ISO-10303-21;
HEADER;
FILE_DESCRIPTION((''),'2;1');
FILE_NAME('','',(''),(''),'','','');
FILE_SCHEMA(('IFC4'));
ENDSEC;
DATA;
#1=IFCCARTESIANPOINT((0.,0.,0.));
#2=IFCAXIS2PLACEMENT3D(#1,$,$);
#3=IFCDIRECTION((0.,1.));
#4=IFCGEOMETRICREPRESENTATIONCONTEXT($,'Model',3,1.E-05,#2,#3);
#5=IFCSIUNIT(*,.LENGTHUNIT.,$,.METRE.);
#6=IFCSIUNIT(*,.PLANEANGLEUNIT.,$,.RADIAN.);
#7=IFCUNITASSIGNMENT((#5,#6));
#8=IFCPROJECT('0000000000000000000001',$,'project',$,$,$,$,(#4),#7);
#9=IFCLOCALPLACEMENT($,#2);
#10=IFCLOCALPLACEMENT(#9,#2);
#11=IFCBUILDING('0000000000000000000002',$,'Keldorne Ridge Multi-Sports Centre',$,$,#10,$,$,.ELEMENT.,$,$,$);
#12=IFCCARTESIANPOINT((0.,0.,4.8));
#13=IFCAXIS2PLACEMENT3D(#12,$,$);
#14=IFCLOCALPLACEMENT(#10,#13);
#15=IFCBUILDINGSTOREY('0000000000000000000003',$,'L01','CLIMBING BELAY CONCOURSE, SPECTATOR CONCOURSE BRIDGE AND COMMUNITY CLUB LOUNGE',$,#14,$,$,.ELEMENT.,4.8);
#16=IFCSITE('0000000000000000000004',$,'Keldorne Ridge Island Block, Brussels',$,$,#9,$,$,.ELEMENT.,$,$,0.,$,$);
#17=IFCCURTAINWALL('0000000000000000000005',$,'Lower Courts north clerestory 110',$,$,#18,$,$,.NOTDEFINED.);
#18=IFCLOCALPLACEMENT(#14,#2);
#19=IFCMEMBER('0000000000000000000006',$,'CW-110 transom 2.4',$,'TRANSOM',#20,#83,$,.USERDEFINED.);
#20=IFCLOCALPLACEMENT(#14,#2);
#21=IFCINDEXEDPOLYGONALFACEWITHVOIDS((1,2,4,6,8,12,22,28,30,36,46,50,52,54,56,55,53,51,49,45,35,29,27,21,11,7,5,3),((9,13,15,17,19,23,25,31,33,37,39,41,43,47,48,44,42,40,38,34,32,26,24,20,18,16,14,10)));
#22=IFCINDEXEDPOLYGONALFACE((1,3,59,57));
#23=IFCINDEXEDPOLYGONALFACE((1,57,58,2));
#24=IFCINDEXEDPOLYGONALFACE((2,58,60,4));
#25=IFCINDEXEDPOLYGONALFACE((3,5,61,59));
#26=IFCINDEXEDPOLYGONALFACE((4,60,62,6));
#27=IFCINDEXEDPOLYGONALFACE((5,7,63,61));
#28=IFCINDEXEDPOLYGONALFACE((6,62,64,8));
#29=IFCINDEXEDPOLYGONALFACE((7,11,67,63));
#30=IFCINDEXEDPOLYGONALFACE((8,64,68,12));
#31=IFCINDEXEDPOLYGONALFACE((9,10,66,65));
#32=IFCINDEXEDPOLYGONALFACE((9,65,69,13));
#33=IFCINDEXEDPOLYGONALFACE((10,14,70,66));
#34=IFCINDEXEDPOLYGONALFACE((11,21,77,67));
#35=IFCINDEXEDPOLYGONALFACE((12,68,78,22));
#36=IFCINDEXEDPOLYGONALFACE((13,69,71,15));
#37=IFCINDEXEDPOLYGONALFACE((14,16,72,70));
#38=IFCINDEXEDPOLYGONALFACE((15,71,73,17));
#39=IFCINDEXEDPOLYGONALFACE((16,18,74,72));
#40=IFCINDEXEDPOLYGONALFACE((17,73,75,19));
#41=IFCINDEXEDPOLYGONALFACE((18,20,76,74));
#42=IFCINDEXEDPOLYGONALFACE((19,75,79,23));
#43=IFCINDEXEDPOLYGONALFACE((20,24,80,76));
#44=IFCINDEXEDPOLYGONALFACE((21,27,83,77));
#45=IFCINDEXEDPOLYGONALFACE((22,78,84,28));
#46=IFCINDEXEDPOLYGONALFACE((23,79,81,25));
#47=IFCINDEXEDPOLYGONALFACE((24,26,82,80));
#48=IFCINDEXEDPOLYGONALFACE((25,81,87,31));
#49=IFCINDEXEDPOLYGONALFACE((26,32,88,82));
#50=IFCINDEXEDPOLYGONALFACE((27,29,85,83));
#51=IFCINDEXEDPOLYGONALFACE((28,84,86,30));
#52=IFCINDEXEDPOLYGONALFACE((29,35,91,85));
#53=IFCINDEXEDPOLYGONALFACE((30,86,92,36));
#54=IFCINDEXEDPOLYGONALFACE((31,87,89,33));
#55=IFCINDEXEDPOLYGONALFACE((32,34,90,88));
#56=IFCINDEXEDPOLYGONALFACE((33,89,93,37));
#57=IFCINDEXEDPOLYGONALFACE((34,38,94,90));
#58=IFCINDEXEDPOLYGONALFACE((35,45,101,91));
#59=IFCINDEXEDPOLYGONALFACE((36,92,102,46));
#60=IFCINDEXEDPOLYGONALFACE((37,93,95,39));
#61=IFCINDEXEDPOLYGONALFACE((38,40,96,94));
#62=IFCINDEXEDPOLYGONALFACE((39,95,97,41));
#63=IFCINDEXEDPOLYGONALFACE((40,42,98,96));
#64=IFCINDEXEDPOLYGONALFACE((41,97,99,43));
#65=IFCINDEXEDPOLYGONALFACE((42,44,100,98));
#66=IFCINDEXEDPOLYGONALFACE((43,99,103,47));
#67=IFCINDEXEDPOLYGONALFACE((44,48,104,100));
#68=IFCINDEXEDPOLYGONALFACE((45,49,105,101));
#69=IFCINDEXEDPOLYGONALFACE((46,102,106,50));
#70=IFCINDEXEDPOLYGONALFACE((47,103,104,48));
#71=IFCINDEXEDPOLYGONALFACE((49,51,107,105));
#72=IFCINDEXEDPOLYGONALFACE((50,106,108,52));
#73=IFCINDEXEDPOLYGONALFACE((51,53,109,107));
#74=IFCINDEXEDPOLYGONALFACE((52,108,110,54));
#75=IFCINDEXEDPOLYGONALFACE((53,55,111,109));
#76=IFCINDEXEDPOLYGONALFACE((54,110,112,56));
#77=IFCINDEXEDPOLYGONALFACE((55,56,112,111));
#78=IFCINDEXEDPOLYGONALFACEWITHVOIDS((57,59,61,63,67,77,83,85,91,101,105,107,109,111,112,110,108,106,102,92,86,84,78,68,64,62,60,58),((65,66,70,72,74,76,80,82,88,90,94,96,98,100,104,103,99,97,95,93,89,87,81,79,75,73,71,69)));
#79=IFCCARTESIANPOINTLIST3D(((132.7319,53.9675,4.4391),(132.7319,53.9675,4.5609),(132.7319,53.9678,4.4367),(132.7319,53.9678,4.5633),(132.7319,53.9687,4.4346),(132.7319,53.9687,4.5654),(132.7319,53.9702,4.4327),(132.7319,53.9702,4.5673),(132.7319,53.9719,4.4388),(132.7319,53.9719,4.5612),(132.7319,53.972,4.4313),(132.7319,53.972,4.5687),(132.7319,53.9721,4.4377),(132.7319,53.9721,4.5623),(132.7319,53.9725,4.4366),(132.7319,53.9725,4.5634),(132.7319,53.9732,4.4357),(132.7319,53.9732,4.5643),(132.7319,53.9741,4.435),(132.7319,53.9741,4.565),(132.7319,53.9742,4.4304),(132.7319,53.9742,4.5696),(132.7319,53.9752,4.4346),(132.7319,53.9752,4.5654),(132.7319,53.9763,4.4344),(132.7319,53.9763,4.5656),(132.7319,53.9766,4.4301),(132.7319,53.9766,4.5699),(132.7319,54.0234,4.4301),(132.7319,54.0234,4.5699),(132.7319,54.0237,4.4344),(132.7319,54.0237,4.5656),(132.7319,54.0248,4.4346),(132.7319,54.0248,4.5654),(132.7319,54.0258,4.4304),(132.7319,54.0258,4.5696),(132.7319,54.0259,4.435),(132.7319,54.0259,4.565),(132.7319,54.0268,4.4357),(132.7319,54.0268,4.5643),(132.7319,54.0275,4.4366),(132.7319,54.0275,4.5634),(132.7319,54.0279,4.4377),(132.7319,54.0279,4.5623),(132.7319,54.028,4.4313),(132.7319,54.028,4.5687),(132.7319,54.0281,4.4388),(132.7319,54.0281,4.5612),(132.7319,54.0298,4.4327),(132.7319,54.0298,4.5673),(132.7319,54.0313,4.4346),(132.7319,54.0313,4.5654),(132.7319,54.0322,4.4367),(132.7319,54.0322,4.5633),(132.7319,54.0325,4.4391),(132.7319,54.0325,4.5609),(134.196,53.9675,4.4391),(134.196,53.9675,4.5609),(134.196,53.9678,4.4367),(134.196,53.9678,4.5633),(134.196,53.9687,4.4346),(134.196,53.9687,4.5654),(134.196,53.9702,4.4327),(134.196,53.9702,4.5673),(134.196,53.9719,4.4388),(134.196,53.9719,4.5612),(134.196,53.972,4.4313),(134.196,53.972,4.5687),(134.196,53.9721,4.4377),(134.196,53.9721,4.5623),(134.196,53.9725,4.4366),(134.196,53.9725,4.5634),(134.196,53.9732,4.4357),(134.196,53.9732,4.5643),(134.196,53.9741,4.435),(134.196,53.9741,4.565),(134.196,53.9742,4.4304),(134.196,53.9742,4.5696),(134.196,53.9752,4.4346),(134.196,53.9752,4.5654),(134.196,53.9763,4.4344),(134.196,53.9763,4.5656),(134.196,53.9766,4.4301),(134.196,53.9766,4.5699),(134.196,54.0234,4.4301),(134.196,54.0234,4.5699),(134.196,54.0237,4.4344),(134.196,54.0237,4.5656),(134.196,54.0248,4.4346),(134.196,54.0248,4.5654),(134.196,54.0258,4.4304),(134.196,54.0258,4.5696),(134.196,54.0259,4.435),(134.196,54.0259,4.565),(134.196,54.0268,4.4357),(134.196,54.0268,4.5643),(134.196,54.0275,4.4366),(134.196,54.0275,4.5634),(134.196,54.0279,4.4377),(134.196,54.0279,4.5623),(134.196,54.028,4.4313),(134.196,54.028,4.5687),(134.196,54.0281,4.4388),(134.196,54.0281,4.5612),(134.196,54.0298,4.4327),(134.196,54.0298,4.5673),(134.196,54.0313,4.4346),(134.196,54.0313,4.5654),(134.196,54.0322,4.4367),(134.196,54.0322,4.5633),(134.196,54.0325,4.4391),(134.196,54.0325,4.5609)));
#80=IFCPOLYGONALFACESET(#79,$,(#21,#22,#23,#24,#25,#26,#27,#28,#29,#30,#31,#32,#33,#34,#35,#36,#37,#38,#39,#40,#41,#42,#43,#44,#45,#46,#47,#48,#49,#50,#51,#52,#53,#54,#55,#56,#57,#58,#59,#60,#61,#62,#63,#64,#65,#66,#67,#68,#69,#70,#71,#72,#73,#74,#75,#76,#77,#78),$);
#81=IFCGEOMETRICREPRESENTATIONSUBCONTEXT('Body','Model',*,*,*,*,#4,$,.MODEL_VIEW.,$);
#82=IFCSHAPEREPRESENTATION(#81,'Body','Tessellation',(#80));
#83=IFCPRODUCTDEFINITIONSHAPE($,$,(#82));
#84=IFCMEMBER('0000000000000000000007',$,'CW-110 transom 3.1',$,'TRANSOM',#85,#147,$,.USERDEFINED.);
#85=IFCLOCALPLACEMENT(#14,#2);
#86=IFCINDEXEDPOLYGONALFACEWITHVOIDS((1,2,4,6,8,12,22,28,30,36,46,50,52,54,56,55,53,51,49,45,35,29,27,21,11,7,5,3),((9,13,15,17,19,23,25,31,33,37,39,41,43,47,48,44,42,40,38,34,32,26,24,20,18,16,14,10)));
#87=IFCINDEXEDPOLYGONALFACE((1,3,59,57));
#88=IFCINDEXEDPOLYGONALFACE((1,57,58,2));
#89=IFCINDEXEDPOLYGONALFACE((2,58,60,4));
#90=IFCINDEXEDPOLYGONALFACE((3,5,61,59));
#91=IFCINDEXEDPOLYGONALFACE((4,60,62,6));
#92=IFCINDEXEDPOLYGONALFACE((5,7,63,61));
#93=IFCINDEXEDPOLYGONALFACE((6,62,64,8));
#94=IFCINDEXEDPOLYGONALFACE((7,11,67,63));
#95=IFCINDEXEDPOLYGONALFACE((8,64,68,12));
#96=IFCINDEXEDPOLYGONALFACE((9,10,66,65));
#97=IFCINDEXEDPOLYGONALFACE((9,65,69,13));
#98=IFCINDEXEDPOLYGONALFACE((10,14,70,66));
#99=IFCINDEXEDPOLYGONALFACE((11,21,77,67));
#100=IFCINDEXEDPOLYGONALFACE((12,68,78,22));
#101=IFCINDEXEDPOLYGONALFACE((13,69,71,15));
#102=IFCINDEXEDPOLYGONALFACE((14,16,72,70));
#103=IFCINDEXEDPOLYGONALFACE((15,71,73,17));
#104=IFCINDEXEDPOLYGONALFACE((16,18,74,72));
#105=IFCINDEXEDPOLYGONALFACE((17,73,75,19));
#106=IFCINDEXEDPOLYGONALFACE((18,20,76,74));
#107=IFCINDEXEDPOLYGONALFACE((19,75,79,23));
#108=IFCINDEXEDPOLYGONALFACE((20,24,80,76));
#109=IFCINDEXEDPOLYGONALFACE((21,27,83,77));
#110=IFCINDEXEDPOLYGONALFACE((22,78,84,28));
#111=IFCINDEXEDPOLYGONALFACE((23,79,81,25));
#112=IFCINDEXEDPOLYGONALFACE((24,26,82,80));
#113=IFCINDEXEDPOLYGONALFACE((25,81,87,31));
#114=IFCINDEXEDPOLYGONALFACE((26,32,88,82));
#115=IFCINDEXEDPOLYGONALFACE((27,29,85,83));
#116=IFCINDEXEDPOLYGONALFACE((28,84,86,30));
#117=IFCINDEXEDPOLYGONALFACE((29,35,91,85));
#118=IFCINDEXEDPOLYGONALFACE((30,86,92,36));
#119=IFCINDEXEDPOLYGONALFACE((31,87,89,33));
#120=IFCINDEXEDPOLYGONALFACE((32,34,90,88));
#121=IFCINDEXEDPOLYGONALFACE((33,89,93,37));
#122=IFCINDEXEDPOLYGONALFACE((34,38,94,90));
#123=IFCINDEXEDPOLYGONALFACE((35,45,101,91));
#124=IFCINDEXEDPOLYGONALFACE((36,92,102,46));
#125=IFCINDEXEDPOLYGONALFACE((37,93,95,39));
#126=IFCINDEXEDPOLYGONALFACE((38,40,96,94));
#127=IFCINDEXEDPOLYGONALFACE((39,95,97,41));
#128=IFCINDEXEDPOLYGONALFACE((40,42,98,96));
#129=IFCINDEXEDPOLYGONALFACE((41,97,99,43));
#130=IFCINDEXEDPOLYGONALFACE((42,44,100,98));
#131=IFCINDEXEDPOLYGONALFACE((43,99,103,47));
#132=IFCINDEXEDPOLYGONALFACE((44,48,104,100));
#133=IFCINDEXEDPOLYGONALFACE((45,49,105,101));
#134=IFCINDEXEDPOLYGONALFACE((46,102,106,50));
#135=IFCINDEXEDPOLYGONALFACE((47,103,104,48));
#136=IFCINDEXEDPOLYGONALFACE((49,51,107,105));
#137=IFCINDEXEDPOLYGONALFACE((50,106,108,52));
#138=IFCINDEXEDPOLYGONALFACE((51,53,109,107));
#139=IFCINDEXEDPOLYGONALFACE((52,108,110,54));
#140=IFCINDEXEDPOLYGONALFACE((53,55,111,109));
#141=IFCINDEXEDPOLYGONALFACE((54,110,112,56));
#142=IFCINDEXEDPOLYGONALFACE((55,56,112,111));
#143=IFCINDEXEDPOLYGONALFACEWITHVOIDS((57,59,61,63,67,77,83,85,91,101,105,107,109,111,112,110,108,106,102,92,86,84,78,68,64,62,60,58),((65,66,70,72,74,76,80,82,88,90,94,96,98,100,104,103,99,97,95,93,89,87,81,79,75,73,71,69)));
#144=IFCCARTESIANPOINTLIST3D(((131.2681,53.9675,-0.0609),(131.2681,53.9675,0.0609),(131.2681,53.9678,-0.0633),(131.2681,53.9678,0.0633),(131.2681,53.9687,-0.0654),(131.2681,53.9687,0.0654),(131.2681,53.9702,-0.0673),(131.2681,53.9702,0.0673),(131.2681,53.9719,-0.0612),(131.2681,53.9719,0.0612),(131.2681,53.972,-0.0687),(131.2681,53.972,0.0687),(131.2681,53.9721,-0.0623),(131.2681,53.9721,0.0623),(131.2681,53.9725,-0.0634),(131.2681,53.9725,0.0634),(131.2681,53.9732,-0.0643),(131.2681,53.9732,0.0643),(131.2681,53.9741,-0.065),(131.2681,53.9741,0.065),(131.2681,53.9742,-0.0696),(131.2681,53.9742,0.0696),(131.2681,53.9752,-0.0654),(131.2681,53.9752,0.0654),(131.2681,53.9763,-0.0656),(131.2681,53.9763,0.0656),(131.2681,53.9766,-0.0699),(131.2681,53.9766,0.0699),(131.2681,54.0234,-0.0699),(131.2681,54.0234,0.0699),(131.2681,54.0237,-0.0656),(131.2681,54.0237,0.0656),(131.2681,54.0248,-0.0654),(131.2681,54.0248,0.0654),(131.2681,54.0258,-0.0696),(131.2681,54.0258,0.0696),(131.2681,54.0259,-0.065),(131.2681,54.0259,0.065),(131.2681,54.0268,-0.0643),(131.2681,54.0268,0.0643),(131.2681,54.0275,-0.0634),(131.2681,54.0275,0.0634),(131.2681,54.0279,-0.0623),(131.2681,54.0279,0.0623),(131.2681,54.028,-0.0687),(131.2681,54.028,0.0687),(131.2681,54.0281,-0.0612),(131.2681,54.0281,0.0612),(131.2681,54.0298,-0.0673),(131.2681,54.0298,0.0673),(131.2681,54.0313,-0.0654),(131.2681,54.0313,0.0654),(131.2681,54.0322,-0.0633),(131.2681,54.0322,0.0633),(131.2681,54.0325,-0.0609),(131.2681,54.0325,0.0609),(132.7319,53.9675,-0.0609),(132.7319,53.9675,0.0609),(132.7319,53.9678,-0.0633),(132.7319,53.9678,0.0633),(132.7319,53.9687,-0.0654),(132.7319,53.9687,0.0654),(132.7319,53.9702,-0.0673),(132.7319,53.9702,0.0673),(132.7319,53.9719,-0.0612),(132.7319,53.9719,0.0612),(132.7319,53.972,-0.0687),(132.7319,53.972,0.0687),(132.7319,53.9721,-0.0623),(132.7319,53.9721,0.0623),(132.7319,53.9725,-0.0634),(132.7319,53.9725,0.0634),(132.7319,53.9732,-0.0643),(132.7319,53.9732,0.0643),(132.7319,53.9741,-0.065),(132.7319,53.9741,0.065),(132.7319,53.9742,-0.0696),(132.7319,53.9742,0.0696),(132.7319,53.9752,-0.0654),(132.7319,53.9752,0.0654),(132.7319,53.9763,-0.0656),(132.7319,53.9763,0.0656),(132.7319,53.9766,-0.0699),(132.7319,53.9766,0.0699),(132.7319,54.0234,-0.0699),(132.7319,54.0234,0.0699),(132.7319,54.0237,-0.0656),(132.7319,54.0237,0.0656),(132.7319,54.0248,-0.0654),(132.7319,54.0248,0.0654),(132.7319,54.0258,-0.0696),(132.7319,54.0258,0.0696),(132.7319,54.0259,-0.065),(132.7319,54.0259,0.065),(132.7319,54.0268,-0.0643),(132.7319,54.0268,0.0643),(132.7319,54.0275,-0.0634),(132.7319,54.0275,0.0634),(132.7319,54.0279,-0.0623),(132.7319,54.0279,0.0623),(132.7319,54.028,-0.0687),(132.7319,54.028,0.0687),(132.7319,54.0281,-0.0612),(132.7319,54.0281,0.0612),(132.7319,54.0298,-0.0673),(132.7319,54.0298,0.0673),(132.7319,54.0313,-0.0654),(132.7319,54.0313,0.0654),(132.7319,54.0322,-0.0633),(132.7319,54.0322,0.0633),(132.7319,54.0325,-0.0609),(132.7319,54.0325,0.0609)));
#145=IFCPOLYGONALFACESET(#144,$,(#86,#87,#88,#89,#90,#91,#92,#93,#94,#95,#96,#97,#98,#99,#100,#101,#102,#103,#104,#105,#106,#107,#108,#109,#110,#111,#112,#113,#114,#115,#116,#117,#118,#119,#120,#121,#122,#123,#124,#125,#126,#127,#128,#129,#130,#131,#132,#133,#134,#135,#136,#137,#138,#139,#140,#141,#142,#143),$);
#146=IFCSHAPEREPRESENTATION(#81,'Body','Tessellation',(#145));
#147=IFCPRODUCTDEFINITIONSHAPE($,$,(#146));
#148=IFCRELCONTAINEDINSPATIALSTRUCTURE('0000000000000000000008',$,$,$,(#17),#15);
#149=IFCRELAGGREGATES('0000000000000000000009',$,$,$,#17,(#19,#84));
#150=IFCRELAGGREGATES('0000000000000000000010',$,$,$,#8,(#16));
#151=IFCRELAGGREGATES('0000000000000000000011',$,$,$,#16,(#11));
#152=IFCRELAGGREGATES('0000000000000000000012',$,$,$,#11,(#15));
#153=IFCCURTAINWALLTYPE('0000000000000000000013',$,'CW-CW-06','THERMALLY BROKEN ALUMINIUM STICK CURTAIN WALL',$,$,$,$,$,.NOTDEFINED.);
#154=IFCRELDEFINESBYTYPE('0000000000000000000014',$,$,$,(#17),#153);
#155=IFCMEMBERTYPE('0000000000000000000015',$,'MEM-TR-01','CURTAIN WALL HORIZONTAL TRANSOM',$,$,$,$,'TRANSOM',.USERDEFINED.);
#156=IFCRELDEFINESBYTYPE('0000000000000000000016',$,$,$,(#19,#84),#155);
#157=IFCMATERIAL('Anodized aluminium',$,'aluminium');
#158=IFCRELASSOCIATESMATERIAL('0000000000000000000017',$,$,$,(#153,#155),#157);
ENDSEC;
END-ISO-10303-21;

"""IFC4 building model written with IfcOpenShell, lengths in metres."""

from ifc_helpers import new_model, si_unit, direction, frame, origin, origin_2d, place, context, subcontext, project, spatial, hollow_rectangle, extrude, material, material_profile, profile_set, type_object, element, aggregate, save


model = new_model("IFC4")

# Units and contexts
model_context = context("Model", 3, precision=1e-05, world=origin(), true_north=direction((0.0, 1.0)))
body_context = subcontext(model_context, "Body", "Model", "MODEL_VIEW")
ifc_project = project(units=[si_unit("LENGTHUNIT", "METRE"), si_unit("PLANEANGLEUNIT", "RADIAN")], contexts=[model_context])

# Site, building, storey
site_placement = place(None, origin())
site = spatial("IfcSite", under=ifc_project, at=site_placement, Name="Keldorne Ridge Island Block, Brussels", CompositionType="ELEMENT", RefElevation=0.0)
building_placement = place(site_placement, origin())
building = spatial("IfcBuilding", under=site, at=building_placement, Name="Keldorne Ridge Multi-Sports Centre", CompositionType="ELEMENT")
storey_placement = place(building_placement, frame((0.0, 0.0, 4.8)))
storey = spatial("IfcBuildingStorey", under=building, at=storey_placement, Name="L01", Description="CLIMBING BELAY CONCOURSE, SPECTATOR CONCOURSE BRIDGE AND COMMUNITY CLUB LOUNGE", CompositionType="ELEMENT", Elevation=4.8)

# Curtain wall
ifc_material_1 = material(Name="Anodized aluminium", Category="aluminium")
curtain_wall_type_1 = type_object("IfcCurtainWallType", Name="CW-CW-06", Description="THERMALLY BROKEN ALUMINIUM STICK CURTAIN WALL", PredefinedType="NOTDEFINED", material=ifc_material_1)
curtain_wall_1_placement = place(storey_placement, origin())
curtain_wall_1 = element("IfcCurtainWall", 1, at=curtain_wall_1_placement, inside=storey, type_object=curtain_wall_type_1, Name="Lower Courts north clerestory 110", PredefinedType="NOTDEFINED")

# Members
ifc_material_profile_1 = material_profile(ifc_material_1, hollow_rectangle(XDim=0.0649, YDim=0.1399, WallThickness=0.0044, InnerFilletRadius=0.0044, OuterFilletRadius=0.009, at=origin_2d()), Name="ALU TRANSOM 140x65x4.5")
ifc_profile_set_1 = profile_set([ifc_material_profile_1], Name="Anodized aluminium")
member_type_1 = type_object("IfcMemberType", Name="MEM-TR-01", Description="CURTAIN WALL HORIZONTAL TRANSOM", ElementType="TRANSOM", PredefinedType="USERDEFINED", material=ifc_profile_set_1)
member_1_placement = place(storey_placement, frame((134.196, 54.0, 4.5), z_axis=(-1.0, 0.0, 0.0), x_axis=(0.0, -1.0, 0.0)))
member_1 = element("IfcMember", 2, at=member_1_placement, type_object=member_type_1, Name="CW-110 transom 2.4", ObjectType="TRANSOM", PredefinedType="USERDEFINED", context=body_context, shape_type="SweptSolid", body=[
    extrude(hollow_rectangle(XDim=0.0649, YDim=0.1399, WallThickness=0.0044, InnerFilletRadius=0.0044, OuterFilletRadius=0.009, at=origin_2d()), origin(), (0.0, 0.0, 1.0), 1.4641),
])
member_2_placement = place(storey_placement, frame((132.7319, 54.0, 0.0), z_axis=(-1.0, 0.0, 0.0), x_axis=(0.0, -1.0, 0.0)))
member_2 = element("IfcMember", 3, at=member_2_placement, type_object=member_type_1, Name="CW-110 transom 3.1", ObjectType="TRANSOM", PredefinedType="USERDEFINED", context=body_context, shape_type="SweptSolid", body=[
    extrude(hollow_rectangle(XDim=0.0649, YDim=0.1399, WallThickness=0.0044, InnerFilletRadius=0.0044, OuterFilletRadius=0.009, at=origin_2d()), origin(), (0.0, 0.0, 1.0), 1.4639),
])

aggregate(curtain_wall_1, [member_1, member_2])

save(model, "model.ifc")
